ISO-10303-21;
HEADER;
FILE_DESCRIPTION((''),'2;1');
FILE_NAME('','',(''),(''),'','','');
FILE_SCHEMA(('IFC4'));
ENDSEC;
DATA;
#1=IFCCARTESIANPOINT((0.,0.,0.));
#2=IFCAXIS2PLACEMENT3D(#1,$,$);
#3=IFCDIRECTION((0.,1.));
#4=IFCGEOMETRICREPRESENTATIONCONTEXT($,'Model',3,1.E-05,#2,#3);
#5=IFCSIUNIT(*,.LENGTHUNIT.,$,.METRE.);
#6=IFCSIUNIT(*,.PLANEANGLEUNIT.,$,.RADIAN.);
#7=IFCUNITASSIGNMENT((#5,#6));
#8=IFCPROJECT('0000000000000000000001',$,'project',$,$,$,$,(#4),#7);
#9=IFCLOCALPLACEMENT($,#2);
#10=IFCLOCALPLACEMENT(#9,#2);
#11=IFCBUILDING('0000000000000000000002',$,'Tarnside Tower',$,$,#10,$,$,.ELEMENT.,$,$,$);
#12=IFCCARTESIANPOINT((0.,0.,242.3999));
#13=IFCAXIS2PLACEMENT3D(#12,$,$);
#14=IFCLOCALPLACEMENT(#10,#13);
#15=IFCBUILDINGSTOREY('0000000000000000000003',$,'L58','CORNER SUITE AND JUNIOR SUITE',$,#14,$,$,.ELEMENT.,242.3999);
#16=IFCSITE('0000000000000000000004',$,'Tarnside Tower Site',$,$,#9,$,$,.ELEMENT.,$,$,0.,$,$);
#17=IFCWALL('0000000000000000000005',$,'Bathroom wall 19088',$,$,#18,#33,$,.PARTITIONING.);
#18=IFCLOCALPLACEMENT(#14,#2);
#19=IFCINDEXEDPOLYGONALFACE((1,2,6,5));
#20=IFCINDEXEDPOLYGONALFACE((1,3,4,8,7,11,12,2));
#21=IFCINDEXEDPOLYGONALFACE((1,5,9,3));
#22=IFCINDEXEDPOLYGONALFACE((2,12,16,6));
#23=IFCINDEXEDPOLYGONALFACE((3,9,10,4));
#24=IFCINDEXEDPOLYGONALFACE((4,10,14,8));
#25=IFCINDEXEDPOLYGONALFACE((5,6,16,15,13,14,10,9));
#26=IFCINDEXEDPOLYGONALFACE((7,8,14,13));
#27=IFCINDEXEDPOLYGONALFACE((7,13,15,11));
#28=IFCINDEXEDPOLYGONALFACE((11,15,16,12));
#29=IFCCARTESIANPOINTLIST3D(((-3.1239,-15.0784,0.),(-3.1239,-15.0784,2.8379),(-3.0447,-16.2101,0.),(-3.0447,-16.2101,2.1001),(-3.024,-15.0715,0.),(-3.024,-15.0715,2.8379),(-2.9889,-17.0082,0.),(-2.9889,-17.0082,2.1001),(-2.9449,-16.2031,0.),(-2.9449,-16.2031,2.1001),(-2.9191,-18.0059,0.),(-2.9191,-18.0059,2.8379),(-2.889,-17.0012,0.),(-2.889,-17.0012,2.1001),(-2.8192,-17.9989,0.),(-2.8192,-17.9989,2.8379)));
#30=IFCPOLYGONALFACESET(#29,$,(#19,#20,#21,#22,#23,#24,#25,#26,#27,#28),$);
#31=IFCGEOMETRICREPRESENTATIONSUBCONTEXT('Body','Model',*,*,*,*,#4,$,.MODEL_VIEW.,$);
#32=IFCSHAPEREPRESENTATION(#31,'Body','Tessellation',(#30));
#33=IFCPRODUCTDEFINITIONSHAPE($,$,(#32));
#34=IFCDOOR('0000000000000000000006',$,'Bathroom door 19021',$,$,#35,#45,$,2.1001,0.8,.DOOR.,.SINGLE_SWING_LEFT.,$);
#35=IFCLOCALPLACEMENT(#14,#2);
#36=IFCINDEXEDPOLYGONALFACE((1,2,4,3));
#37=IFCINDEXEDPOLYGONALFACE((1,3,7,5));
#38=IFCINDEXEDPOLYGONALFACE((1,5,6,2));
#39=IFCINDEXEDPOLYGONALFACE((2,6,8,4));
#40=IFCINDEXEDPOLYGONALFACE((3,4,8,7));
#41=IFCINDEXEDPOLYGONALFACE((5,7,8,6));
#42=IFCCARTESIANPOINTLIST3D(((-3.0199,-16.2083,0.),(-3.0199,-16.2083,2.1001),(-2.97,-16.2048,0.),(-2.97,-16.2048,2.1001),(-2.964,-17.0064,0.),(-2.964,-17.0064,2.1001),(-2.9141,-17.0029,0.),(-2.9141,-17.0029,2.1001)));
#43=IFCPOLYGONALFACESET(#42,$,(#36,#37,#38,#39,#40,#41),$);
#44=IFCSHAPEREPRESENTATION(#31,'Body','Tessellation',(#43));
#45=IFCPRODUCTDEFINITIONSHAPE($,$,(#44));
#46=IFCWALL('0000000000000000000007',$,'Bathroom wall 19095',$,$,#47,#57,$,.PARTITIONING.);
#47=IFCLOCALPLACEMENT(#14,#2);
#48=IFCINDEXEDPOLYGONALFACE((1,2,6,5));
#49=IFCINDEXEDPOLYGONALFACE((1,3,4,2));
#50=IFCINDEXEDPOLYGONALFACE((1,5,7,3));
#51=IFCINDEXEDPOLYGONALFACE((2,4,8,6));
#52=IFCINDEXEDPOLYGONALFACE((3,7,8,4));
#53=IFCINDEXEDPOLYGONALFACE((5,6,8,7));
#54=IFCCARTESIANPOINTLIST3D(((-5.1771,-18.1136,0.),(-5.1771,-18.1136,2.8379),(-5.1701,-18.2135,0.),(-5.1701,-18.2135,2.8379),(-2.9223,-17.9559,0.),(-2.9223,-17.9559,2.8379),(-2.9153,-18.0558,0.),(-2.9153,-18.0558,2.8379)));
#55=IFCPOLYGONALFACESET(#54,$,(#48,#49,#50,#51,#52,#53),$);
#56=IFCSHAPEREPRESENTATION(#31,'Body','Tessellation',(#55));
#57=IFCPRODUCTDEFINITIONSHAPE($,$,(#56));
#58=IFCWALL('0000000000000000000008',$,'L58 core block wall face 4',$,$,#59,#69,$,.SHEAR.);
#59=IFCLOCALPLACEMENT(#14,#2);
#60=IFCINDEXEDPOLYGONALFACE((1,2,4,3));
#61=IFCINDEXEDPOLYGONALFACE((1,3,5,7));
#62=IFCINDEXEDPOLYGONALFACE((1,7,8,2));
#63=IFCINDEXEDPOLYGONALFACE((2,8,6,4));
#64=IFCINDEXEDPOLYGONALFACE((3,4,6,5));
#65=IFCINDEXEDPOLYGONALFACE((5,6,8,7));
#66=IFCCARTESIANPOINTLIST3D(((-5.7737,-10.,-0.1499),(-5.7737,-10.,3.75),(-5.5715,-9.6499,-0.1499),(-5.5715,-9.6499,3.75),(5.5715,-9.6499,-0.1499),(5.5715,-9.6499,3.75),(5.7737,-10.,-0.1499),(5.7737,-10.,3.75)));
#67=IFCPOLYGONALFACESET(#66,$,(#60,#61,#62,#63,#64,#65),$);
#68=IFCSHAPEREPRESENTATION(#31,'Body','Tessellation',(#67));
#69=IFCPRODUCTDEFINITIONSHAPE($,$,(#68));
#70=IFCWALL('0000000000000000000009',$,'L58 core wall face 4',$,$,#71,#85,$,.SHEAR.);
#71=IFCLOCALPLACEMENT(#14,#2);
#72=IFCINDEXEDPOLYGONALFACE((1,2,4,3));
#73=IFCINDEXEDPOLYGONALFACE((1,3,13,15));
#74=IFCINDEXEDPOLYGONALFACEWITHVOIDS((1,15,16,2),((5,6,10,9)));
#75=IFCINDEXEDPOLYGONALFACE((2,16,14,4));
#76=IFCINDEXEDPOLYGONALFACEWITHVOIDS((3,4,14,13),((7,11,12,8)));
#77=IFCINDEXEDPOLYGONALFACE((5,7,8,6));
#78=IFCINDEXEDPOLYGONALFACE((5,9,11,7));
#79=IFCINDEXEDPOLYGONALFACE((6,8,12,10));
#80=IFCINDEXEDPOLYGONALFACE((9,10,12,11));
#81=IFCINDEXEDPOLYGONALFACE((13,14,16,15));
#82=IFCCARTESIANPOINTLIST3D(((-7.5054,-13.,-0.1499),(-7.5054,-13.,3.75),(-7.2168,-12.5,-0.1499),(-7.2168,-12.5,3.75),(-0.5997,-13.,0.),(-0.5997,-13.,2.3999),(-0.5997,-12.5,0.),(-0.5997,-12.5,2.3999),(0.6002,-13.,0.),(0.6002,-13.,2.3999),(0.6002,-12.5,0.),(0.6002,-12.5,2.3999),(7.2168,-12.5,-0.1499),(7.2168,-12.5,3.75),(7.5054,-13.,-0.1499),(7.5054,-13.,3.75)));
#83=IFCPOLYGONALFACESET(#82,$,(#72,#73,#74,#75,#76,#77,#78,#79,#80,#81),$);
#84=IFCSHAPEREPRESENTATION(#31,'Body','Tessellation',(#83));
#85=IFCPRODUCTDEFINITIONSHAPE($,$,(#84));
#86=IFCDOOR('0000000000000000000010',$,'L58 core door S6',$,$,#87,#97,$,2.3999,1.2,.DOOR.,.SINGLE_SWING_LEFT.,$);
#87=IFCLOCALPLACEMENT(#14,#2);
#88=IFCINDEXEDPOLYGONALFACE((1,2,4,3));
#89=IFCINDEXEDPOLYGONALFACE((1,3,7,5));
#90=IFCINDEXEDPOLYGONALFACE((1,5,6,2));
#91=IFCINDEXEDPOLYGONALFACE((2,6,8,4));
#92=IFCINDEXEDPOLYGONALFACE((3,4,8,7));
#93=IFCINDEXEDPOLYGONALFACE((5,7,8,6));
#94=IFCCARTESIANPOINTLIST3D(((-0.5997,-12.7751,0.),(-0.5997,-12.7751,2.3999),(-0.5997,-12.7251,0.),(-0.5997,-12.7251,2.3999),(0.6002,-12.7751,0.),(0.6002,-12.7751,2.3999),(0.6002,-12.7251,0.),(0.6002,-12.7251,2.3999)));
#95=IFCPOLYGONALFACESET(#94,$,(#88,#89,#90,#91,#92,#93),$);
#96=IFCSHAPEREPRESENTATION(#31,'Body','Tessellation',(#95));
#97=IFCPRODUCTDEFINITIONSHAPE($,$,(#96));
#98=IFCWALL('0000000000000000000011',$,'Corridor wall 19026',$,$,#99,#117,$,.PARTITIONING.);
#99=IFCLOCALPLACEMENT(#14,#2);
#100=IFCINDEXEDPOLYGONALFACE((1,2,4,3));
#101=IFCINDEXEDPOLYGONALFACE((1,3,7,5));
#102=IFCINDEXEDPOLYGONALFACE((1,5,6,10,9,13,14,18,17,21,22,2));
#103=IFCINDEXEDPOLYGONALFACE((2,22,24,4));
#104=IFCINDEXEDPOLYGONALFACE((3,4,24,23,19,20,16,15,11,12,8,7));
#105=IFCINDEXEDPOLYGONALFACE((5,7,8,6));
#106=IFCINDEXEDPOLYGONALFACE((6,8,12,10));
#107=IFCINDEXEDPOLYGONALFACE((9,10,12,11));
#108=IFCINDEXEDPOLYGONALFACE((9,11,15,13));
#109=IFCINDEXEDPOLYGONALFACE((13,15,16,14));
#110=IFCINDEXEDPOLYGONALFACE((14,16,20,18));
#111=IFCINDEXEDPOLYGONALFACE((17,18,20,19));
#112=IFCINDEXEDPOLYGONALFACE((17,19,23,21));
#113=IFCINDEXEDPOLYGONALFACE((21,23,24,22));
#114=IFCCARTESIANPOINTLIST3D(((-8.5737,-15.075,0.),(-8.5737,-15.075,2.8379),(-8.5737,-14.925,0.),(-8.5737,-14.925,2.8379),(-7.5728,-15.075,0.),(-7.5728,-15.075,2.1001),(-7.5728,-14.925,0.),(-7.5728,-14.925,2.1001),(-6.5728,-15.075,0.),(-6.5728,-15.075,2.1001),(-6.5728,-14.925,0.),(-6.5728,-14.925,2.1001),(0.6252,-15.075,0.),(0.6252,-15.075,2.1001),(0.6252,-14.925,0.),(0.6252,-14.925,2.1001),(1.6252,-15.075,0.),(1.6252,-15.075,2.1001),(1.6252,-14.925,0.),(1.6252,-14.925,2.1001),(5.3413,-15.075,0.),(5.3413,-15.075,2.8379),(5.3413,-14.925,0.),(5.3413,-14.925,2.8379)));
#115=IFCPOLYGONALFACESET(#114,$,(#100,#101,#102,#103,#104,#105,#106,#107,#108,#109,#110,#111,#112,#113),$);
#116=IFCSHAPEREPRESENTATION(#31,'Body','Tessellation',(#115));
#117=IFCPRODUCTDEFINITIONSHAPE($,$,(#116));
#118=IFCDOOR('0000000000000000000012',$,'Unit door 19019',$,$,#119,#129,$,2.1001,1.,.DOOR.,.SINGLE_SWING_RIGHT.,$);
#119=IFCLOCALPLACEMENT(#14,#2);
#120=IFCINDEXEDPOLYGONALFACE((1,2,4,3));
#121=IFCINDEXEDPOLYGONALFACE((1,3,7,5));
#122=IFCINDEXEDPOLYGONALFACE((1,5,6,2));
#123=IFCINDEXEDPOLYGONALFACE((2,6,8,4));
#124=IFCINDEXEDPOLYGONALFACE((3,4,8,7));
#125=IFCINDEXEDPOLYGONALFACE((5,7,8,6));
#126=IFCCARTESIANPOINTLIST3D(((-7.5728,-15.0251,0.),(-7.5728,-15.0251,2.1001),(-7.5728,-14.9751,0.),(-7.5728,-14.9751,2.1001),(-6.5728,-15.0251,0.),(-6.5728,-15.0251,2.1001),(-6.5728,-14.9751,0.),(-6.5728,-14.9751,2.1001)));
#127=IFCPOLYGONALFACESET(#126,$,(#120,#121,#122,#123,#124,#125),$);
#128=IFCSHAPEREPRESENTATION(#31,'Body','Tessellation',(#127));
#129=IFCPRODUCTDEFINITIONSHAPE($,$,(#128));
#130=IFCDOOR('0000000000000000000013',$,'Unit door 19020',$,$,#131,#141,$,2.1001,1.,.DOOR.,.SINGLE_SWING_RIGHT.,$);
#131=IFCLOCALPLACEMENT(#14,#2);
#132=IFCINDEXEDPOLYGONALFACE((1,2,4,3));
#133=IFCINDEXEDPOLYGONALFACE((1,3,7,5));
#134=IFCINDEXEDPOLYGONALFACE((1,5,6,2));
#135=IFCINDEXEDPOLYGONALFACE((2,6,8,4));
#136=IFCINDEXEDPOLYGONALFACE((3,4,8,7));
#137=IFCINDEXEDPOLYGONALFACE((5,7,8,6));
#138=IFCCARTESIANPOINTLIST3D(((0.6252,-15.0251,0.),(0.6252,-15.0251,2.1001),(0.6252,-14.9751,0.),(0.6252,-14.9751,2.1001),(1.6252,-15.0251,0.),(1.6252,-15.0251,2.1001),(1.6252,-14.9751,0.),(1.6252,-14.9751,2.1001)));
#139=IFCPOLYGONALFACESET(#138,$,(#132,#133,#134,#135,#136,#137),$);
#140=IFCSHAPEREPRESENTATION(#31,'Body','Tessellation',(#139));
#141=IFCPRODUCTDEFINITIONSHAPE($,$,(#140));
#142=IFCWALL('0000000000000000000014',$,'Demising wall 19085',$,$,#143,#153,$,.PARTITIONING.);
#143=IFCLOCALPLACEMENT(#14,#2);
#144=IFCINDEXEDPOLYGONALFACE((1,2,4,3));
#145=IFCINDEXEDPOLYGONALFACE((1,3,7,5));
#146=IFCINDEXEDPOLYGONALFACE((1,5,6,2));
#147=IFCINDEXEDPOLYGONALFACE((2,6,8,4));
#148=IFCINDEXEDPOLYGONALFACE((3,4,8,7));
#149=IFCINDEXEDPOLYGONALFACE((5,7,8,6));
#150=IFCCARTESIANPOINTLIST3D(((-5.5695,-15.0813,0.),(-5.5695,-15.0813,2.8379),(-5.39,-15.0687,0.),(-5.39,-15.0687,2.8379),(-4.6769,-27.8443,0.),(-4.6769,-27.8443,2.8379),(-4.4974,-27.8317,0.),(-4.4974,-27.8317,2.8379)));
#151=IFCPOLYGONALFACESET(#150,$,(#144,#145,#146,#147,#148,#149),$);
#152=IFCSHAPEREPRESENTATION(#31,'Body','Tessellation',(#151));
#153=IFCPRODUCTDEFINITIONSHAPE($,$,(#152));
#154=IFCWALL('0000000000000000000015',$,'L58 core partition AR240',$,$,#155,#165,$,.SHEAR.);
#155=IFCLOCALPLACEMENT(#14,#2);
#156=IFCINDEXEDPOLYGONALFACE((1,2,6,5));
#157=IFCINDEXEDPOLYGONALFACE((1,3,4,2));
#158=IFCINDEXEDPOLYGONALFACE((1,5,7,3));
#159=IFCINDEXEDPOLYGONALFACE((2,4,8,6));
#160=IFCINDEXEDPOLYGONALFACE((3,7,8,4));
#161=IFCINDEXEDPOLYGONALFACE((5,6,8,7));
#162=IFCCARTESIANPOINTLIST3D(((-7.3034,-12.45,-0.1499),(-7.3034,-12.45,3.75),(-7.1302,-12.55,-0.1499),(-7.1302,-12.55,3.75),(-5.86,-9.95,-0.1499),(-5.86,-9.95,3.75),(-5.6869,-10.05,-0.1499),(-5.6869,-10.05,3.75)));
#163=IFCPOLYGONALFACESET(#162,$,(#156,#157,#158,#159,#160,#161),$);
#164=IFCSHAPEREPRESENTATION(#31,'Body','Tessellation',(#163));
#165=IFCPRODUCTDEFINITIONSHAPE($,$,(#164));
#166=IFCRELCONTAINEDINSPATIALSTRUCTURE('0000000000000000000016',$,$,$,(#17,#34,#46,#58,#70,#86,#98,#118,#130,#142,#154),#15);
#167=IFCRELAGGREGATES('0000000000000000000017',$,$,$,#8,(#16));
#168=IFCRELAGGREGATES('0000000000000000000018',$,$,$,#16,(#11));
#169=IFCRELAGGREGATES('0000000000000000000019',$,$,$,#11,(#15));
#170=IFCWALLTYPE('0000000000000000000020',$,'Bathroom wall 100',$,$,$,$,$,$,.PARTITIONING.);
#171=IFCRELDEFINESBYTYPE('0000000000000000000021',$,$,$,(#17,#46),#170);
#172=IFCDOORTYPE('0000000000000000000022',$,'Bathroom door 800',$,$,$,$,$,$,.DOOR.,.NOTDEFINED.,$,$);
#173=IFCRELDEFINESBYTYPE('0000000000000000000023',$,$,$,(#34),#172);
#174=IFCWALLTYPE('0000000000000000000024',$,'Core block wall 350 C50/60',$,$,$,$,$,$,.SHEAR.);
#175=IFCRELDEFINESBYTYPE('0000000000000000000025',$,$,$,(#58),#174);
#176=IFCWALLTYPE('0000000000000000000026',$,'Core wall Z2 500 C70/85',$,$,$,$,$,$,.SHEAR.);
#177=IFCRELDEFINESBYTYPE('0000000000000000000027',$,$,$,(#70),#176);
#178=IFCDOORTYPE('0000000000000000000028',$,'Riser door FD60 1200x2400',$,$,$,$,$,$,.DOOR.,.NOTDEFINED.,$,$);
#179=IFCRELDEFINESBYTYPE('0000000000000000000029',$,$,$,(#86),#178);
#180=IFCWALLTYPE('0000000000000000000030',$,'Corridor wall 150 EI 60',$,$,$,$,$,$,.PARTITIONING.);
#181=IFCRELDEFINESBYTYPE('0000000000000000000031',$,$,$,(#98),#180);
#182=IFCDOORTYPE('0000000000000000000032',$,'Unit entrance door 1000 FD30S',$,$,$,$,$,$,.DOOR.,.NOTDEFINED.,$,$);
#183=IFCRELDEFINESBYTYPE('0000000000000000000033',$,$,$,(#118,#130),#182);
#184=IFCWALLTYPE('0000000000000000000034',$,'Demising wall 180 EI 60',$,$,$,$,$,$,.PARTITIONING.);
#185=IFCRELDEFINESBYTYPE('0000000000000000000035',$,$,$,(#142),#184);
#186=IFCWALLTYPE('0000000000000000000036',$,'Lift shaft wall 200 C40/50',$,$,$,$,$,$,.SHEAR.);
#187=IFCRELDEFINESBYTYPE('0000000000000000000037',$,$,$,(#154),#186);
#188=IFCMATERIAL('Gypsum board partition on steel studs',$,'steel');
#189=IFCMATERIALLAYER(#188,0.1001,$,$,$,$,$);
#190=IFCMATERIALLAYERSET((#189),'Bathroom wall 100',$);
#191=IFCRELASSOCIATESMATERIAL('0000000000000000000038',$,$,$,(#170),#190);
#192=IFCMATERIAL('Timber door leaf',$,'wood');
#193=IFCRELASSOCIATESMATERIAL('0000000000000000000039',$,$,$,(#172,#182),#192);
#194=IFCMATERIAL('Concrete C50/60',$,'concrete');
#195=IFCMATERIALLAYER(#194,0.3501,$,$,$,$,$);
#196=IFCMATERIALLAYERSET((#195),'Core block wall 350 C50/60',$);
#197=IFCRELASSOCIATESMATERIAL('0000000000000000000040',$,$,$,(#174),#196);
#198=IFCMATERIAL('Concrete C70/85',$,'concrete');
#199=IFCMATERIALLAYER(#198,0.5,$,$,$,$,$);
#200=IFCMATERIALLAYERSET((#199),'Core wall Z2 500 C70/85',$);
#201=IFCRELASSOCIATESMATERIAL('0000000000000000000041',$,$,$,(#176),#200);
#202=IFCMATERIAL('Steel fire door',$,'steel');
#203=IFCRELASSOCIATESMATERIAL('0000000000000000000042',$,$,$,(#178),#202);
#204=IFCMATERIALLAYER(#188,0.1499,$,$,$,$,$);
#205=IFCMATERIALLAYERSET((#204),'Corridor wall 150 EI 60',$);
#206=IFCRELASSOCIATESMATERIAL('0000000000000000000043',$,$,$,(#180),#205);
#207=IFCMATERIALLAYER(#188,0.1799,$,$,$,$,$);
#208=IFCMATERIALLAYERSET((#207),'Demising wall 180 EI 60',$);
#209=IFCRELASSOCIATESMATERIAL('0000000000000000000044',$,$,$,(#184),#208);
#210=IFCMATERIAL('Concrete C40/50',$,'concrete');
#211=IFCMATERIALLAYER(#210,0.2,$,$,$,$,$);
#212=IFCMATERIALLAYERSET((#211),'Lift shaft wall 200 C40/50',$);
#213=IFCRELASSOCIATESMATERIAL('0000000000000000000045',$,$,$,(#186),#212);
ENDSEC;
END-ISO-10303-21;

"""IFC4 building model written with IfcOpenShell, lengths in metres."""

from ifc_helpers import new_model, si_unit, direction, frame, frame_2d, origin, place, context, subcontext, project, spatial, polyline, rectangle, outline, extrude, material, layer, layer_set, type_object, element, fill, save


model = new_model("IFC4")

# Units and contexts
model_context = context("Model", 3, precision=1e-05, world=origin(), true_north=direction((0.0, 1.0)))
body_context = subcontext(model_context, "Body", "Model", "MODEL_VIEW")
ifc_project = project(units=[si_unit("LENGTHUNIT", "METRE"), si_unit("PLANEANGLEUNIT", "RADIAN")], contexts=[model_context])

# Site, building, storey
site_placement = place(None, origin())
site = spatial("IfcSite", under=ifc_project, at=site_placement, Name="Tarnside Tower Site", CompositionType="ELEMENT", RefElevation=0.0)
building_placement = place(site_placement, origin())
building = spatial("IfcBuilding", under=site, at=building_placement, Name="Tarnside Tower", CompositionType="ELEMENT")
storey_placement = place(building_placement, frame((0.0, 0.0, 242.3999)))
storey = spatial("IfcBuildingStorey", under=building, at=storey_placement, Name="L58", Description="CORNER SUITE AND JUNIOR SUITE", CompositionType="ELEMENT", Elevation=242.3999)

# Wall, opening, door
ifc_material_1 = material(Name="Gypsum board partition on steel studs", Category="steel")
ifc_layer_1 = layer(ifc_material_1, 0.1001)
ifc_layer_set_1 = layer_set([ifc_layer_1], Name="Bathroom wall 100")
wall_type_1 = type_object("IfcWallType", Name="Bathroom wall 100", PredefinedType="PARTITIONING", material=ifc_layer_set_1)
wall_1_placement = place(storey_placement, frame((-3.074, -15.075, 0.0), z_axis=(0.0, 0.0, 1.0), x_axis=(0.069798, -0.997561, 0.0)))
wall_1 = element("IfcWall", 1, at=wall_1_placement, inside=storey, type_object=wall_type_1, Name="Bathroom wall 19088", PredefinedType="PARTITIONING", context=body_context, shape_type="SweptSolid", body=[
    extrude(rectangle(XDim=2.9346, YDim=0.1001, at=frame_2d((1.4673, 0.0))), origin(), (0.0, 0.0, 1.0), 2.8379),
])
opening_1_placement = place(wall_1_placement, frame((1.1345, 0.0, 0.0)))
opening_1 = element("IfcOpeningElement", 2, at=opening_1_placement, cuts=wall_1, PredefinedType="OPENING", context=body_context, shape_type="SweptSolid", body=[
    extrude(rectangle(XDim=0.8, YDim=2.1001, at=frame_2d((0.3999, 1.05))), frame((0.0, 0.0601, 0.0), z_axis=(0.0, -1.0, 0.0), x_axis=(1.0, 0.0, 0.0)), (0.0, 0.0, 1.0), 0.1201),
])
ifc_material_2 = material(Name="Timber door leaf", Category="wood")
door_type_1 = type_object("IfcDoorType", Name="Bathroom door 800", OperationType="NOTDEFINED", PredefinedType="DOOR", material=ifc_material_2)
door_1_placement = place(opening_1_placement, origin())
door_1 = element("IfcDoor", 3, at=door_1_placement, inside=storey, type_object=door_type_1, Name="Bathroom door 19021", OperationType="SINGLE_SWING_LEFT", OverallHeight=2.1001, OverallWidth=0.8, PredefinedType="DOOR", context=body_context, shape_type="SweptSolid", body=[
    extrude(rectangle(XDim=0.8, YDim=2.1001, at=frame_2d((0.3999, 1.05))), frame((0.0, 0.0249, 0.0), z_axis=(0.0, -1.0, 0.0), x_axis=(1.0, 0.0, 0.0)), (0.0, 0.0, 1.0), 0.05),
])
fill(opening_1, door_1)

# Walls
wall_2_placement = place(storey_placement, frame((-5.1736, -18.1636, 0.0), z_axis=(0.0, 0.0, 1.0), x_axis=(0.997562, 0.069781, 0.0)))
element("IfcWall", 4, at=wall_2_placement, inside=storey, type_object=wall_type_1, Name="Bathroom wall 19095", PredefinedType="PARTITIONING", context=body_context, shape_type="SweptSolid", body=[
    extrude(rectangle(XDim=2.2603, YDim=0.1001, at=frame_2d((1.1301, 0.0))), origin(), (0.0, 0.0, 1.0), 2.8379),
])
ifc_material_3 = material(Name="Concrete C50/60", Category="concrete")
ifc_layer_2 = layer(ifc_material_3, 0.3501)
ifc_layer_set_2 = layer_set([ifc_layer_2], Name="Core block wall 350 C50/60")
wall_type_2 = type_object("IfcWallType", Name="Core block wall 350 C50/60", PredefinedType="SHEAR", material=ifc_layer_set_2)
wall_3_placement = place(storey_placement, frame((-5.6726, -9.825, -0.1499), z_axis=(0.0, 0.0, 1.0), x_axis=(1.0, 0.0, 0.0)))
element("IfcWall", 5, at=wall_3_placement, inside=storey, type_object=wall_type_2, Name="L58 core block wall face 4", PredefinedType="SHEAR", context=body_context, shape_type="SweptSolid", body=[
    extrude(outline(polyline([(-0.1011, -0.175), (11.4463, -0.175), (11.2441, 0.175), (0.1011, 0.175), (-0.1011, -0.175)])), origin(), (0.0, 0.0, 1.0), 3.8999),
])

# Wall, opening, door
ifc_material_4 = material(Name="Concrete C70/85", Category="concrete")
ifc_layer_3 = layer(ifc_material_4, 0.5)
ifc_layer_set_3 = layer_set([ifc_layer_3], Name="Core wall Z2 500 C70/85")
wall_type_3 = type_object("IfcWallType", Name="Core wall Z2 500 C70/85", PredefinedType="SHEAR", material=ifc_layer_set_3)
wall_4_placement = place(storey_placement, frame((-7.3611, -12.75, -0.1499), z_axis=(0.0, 0.0, 1.0), x_axis=(1.0, 0.0, 0.0)))
wall_4 = element("IfcWall", 6, at=wall_4_placement, inside=storey, type_object=wall_type_3, Name="L58 core wall face 4", PredefinedType="SHEAR", context=body_context, shape_type="SweptSolid", body=[
    extrude(outline(polyline([(-0.1443, -0.25), (14.8665, -0.25), (14.5779, 0.25), (0.1443, 0.25), (-0.1443, -0.25)])), origin(), (0.0, 0.0, 1.0), 3.8999),
])
opening_2_placement = place(wall_4_placement, frame((6.7612, 0.0, 0.1499)))
opening_2 = element("IfcOpeningElement", 7, at=opening_2_placement, cuts=wall_4, PredefinedType="OPENING", context=body_context, shape_type="SweptSolid", body=[
    extrude(rectangle(XDim=1.2, YDim=2.3999, at=frame_2d((0.6001, 1.2))), frame((0.0, 0.26, 0.0), z_axis=(0.0, -1.0, 0.0), x_axis=(1.0, 0.0, 0.0)), (0.0, 0.0, 1.0), 0.52),
])
ifc_material_5 = material(Name="Steel fire door", Category="steel")
door_type_2 = type_object("IfcDoorType", Name="Riser door FD60 1200x2400", OperationType="NOTDEFINED", PredefinedType="DOOR", material=ifc_material_5)
door_2_placement = place(opening_2_placement, origin())
door_2 = element("IfcDoor", 8, at=door_2_placement, inside=storey, type_object=door_type_2, Name="L58 core door S6", OperationType="SINGLE_SWING_LEFT", OverallHeight=2.3999, OverallWidth=1.2, PredefinedType="DOOR", context=body_context, shape_type="SweptSolid", body=[
    extrude(rectangle(XDim=1.2, YDim=2.3999, at=frame_2d((0.6001, 1.2))), frame((0.0, 0.0249, 0.0), z_axis=(0.0, -1.0, 0.0), x_axis=(1.0, 0.0, 0.0)), (0.0, 0.0, 1.0), 0.05),
])
fill(opening_2, door_2)

# Wall, openings, doors
ifc_layer_4 = layer(ifc_material_1, 0.1499)
ifc_layer_set_4 = layer_set([ifc_layer_4], Name="Corridor wall 150 EI 60")
wall_type_4 = type_object("IfcWallType", Name="Corridor wall 150 EI 60", PredefinedType="PARTITIONING", material=ifc_layer_set_4)
wall_5_placement = place(storey_placement, frame((-8.5737, -15.0, 0.0), z_axis=(0.0, 0.0, 1.0), x_axis=(1.0, 0.0, 0.0)))
wall_5 = element("IfcWall", 9, at=wall_5_placement, inside=storey, type_object=wall_type_4, Name="Corridor wall 19026", PredefinedType="PARTITIONING", context=body_context, shape_type="SweptSolid", body=[
    extrude(rectangle(XDim=13.915, YDim=0.1499, at=frame_2d((6.9575, 0.0))), origin(), (0.0, 0.0, 1.0), 2.8379),
])
opening_3_placement = place(wall_5_placement, frame((1.001, 0.0, 0.0)))
opening_3 = element("IfcOpeningElement", 10, at=opening_3_placement, cuts=wall_5, PredefinedType="OPENING", context=body_context, shape_type="SweptSolid", body=[
    extrude(rectangle(XDim=1.0, YDim=2.1001, at=frame_2d((0.5, 1.05))), frame((0.0, 0.085, 0.0), z_axis=(0.0, -1.0, 0.0), x_axis=(1.0, 0.0, 0.0)), (0.0, 0.0, 1.0), 0.1699),
])
opening_4_placement = place(wall_5_placement, frame((9.199, 0.0, 0.0)))
opening_4 = element("IfcOpeningElement", 11, at=opening_4_placement, cuts=wall_5, PredefinedType="OPENING", context=body_context, shape_type="SweptSolid", body=[
    extrude(rectangle(XDim=1.0, YDim=2.1001, at=frame_2d((0.5, 1.05))), frame((0.0, 0.085, 0.0), z_axis=(0.0, -1.0, 0.0), x_axis=(1.0, 0.0, 0.0)), (0.0, 0.0, 1.0), 0.1699),
])
door_type_3 = type_object("IfcDoorType", Name="Unit entrance door 1000 FD30S", OperationType="NOTDEFINED", PredefinedType="DOOR", material=ifc_material_2)
door_3_placement = place(opening_3_placement, origin())
door_3 = element("IfcDoor", 12, at=door_3_placement, inside=storey, type_object=door_type_3, Name="Unit door 19019", OperationType="SINGLE_SWING_RIGHT", OverallHeight=2.1001, OverallWidth=1.0, PredefinedType="DOOR", context=body_context, shape_type="SweptSolid", body=[
    extrude(rectangle(XDim=1.0, YDim=2.1001, at=frame_2d((0.5, 1.05))), frame((0.0, 0.0249, 0.0), z_axis=(0.0, -1.0, 0.0), x_axis=(1.0, 0.0, 0.0)), (0.0, 0.0, 1.0), 0.05),
])
fill(opening_3, door_3)
door_4_placement = place(opening_4_placement, origin())
door_4 = element("IfcDoor", 13, at=door_4_placement, inside=storey, type_object=door_type_3, Name="Unit door 19020", OperationType="SINGLE_SWING_RIGHT", OverallHeight=2.1001, OverallWidth=1.0, PredefinedType="DOOR", context=body_context, shape_type="SweptSolid", body=[
    extrude(rectangle(XDim=1.0, YDim=2.1001, at=frame_2d((0.5, 1.05))), frame((0.0, 0.0249, 0.0), z_axis=(0.0, -1.0, 0.0), x_axis=(1.0, 0.0, 0.0)), (0.0, 0.0, 1.0), 0.05),
])
fill(opening_4, door_4)

# Walls
ifc_layer_5 = layer(ifc_material_1, 0.1799)
ifc_layer_set_5 = layer_set([ifc_layer_5], Name="Demising wall 180 EI 60")
wall_type_5 = type_object("IfcWallType", Name="Demising wall 180 EI 60", PredefinedType="PARTITIONING", material=ifc_layer_set_5)
wall_6_placement = place(storey_placement, frame((-4.5872, -27.8379, 0.0), z_axis=(0.0, 0.0, 1.0), x_axis=(-0.069765, 0.997563, 0.0)))
element("IfcWall", 14, at=wall_6_placement, inside=storey, type_object=wall_type_5, Name="Demising wall 19085", PredefinedType="PARTITIONING", context=body_context, shape_type="SweptSolid", body=[
    extrude(rectangle(XDim=12.7942, YDim=0.1799, at=frame_2d((6.397, 0.0))), origin(), (0.0, 0.0, 1.0), 2.8379),
])
ifc_material_6 = material(Name="Concrete C40/50", Category="concrete")
ifc_layer_6 = layer(ifc_material_6, 0.2)
ifc_layer_set_6 = layer_set([ifc_layer_6], Name="Lift shaft wall 200 C40/50")
wall_type_6 = type_object("IfcWallType", Name="Lift shaft wall 200 C40/50", PredefinedType="SHEAR", material=ifc_layer_set_6)
wall_7_placement = place(storey_placement, frame((-5.7734, -10.0, -0.1499), z_axis=(0.0, 0.0, 1.0), x_axis=(-0.499996, -0.866028, 0.0)))
element("IfcWall", 15, at=wall_7_placement, inside=storey, type_object=wall_type_6, Name="L58 core partition AR240", PredefinedType="SHEAR", context=body_context, shape_type="SweptSolid", body=[
    extrude(rectangle(XDim=2.8867, YDim=0.2, at=frame_2d((1.4434, 0.0))), origin(), (0.0, 0.0, 1.0), 3.8999),
])

save(model, "model.ifc")
